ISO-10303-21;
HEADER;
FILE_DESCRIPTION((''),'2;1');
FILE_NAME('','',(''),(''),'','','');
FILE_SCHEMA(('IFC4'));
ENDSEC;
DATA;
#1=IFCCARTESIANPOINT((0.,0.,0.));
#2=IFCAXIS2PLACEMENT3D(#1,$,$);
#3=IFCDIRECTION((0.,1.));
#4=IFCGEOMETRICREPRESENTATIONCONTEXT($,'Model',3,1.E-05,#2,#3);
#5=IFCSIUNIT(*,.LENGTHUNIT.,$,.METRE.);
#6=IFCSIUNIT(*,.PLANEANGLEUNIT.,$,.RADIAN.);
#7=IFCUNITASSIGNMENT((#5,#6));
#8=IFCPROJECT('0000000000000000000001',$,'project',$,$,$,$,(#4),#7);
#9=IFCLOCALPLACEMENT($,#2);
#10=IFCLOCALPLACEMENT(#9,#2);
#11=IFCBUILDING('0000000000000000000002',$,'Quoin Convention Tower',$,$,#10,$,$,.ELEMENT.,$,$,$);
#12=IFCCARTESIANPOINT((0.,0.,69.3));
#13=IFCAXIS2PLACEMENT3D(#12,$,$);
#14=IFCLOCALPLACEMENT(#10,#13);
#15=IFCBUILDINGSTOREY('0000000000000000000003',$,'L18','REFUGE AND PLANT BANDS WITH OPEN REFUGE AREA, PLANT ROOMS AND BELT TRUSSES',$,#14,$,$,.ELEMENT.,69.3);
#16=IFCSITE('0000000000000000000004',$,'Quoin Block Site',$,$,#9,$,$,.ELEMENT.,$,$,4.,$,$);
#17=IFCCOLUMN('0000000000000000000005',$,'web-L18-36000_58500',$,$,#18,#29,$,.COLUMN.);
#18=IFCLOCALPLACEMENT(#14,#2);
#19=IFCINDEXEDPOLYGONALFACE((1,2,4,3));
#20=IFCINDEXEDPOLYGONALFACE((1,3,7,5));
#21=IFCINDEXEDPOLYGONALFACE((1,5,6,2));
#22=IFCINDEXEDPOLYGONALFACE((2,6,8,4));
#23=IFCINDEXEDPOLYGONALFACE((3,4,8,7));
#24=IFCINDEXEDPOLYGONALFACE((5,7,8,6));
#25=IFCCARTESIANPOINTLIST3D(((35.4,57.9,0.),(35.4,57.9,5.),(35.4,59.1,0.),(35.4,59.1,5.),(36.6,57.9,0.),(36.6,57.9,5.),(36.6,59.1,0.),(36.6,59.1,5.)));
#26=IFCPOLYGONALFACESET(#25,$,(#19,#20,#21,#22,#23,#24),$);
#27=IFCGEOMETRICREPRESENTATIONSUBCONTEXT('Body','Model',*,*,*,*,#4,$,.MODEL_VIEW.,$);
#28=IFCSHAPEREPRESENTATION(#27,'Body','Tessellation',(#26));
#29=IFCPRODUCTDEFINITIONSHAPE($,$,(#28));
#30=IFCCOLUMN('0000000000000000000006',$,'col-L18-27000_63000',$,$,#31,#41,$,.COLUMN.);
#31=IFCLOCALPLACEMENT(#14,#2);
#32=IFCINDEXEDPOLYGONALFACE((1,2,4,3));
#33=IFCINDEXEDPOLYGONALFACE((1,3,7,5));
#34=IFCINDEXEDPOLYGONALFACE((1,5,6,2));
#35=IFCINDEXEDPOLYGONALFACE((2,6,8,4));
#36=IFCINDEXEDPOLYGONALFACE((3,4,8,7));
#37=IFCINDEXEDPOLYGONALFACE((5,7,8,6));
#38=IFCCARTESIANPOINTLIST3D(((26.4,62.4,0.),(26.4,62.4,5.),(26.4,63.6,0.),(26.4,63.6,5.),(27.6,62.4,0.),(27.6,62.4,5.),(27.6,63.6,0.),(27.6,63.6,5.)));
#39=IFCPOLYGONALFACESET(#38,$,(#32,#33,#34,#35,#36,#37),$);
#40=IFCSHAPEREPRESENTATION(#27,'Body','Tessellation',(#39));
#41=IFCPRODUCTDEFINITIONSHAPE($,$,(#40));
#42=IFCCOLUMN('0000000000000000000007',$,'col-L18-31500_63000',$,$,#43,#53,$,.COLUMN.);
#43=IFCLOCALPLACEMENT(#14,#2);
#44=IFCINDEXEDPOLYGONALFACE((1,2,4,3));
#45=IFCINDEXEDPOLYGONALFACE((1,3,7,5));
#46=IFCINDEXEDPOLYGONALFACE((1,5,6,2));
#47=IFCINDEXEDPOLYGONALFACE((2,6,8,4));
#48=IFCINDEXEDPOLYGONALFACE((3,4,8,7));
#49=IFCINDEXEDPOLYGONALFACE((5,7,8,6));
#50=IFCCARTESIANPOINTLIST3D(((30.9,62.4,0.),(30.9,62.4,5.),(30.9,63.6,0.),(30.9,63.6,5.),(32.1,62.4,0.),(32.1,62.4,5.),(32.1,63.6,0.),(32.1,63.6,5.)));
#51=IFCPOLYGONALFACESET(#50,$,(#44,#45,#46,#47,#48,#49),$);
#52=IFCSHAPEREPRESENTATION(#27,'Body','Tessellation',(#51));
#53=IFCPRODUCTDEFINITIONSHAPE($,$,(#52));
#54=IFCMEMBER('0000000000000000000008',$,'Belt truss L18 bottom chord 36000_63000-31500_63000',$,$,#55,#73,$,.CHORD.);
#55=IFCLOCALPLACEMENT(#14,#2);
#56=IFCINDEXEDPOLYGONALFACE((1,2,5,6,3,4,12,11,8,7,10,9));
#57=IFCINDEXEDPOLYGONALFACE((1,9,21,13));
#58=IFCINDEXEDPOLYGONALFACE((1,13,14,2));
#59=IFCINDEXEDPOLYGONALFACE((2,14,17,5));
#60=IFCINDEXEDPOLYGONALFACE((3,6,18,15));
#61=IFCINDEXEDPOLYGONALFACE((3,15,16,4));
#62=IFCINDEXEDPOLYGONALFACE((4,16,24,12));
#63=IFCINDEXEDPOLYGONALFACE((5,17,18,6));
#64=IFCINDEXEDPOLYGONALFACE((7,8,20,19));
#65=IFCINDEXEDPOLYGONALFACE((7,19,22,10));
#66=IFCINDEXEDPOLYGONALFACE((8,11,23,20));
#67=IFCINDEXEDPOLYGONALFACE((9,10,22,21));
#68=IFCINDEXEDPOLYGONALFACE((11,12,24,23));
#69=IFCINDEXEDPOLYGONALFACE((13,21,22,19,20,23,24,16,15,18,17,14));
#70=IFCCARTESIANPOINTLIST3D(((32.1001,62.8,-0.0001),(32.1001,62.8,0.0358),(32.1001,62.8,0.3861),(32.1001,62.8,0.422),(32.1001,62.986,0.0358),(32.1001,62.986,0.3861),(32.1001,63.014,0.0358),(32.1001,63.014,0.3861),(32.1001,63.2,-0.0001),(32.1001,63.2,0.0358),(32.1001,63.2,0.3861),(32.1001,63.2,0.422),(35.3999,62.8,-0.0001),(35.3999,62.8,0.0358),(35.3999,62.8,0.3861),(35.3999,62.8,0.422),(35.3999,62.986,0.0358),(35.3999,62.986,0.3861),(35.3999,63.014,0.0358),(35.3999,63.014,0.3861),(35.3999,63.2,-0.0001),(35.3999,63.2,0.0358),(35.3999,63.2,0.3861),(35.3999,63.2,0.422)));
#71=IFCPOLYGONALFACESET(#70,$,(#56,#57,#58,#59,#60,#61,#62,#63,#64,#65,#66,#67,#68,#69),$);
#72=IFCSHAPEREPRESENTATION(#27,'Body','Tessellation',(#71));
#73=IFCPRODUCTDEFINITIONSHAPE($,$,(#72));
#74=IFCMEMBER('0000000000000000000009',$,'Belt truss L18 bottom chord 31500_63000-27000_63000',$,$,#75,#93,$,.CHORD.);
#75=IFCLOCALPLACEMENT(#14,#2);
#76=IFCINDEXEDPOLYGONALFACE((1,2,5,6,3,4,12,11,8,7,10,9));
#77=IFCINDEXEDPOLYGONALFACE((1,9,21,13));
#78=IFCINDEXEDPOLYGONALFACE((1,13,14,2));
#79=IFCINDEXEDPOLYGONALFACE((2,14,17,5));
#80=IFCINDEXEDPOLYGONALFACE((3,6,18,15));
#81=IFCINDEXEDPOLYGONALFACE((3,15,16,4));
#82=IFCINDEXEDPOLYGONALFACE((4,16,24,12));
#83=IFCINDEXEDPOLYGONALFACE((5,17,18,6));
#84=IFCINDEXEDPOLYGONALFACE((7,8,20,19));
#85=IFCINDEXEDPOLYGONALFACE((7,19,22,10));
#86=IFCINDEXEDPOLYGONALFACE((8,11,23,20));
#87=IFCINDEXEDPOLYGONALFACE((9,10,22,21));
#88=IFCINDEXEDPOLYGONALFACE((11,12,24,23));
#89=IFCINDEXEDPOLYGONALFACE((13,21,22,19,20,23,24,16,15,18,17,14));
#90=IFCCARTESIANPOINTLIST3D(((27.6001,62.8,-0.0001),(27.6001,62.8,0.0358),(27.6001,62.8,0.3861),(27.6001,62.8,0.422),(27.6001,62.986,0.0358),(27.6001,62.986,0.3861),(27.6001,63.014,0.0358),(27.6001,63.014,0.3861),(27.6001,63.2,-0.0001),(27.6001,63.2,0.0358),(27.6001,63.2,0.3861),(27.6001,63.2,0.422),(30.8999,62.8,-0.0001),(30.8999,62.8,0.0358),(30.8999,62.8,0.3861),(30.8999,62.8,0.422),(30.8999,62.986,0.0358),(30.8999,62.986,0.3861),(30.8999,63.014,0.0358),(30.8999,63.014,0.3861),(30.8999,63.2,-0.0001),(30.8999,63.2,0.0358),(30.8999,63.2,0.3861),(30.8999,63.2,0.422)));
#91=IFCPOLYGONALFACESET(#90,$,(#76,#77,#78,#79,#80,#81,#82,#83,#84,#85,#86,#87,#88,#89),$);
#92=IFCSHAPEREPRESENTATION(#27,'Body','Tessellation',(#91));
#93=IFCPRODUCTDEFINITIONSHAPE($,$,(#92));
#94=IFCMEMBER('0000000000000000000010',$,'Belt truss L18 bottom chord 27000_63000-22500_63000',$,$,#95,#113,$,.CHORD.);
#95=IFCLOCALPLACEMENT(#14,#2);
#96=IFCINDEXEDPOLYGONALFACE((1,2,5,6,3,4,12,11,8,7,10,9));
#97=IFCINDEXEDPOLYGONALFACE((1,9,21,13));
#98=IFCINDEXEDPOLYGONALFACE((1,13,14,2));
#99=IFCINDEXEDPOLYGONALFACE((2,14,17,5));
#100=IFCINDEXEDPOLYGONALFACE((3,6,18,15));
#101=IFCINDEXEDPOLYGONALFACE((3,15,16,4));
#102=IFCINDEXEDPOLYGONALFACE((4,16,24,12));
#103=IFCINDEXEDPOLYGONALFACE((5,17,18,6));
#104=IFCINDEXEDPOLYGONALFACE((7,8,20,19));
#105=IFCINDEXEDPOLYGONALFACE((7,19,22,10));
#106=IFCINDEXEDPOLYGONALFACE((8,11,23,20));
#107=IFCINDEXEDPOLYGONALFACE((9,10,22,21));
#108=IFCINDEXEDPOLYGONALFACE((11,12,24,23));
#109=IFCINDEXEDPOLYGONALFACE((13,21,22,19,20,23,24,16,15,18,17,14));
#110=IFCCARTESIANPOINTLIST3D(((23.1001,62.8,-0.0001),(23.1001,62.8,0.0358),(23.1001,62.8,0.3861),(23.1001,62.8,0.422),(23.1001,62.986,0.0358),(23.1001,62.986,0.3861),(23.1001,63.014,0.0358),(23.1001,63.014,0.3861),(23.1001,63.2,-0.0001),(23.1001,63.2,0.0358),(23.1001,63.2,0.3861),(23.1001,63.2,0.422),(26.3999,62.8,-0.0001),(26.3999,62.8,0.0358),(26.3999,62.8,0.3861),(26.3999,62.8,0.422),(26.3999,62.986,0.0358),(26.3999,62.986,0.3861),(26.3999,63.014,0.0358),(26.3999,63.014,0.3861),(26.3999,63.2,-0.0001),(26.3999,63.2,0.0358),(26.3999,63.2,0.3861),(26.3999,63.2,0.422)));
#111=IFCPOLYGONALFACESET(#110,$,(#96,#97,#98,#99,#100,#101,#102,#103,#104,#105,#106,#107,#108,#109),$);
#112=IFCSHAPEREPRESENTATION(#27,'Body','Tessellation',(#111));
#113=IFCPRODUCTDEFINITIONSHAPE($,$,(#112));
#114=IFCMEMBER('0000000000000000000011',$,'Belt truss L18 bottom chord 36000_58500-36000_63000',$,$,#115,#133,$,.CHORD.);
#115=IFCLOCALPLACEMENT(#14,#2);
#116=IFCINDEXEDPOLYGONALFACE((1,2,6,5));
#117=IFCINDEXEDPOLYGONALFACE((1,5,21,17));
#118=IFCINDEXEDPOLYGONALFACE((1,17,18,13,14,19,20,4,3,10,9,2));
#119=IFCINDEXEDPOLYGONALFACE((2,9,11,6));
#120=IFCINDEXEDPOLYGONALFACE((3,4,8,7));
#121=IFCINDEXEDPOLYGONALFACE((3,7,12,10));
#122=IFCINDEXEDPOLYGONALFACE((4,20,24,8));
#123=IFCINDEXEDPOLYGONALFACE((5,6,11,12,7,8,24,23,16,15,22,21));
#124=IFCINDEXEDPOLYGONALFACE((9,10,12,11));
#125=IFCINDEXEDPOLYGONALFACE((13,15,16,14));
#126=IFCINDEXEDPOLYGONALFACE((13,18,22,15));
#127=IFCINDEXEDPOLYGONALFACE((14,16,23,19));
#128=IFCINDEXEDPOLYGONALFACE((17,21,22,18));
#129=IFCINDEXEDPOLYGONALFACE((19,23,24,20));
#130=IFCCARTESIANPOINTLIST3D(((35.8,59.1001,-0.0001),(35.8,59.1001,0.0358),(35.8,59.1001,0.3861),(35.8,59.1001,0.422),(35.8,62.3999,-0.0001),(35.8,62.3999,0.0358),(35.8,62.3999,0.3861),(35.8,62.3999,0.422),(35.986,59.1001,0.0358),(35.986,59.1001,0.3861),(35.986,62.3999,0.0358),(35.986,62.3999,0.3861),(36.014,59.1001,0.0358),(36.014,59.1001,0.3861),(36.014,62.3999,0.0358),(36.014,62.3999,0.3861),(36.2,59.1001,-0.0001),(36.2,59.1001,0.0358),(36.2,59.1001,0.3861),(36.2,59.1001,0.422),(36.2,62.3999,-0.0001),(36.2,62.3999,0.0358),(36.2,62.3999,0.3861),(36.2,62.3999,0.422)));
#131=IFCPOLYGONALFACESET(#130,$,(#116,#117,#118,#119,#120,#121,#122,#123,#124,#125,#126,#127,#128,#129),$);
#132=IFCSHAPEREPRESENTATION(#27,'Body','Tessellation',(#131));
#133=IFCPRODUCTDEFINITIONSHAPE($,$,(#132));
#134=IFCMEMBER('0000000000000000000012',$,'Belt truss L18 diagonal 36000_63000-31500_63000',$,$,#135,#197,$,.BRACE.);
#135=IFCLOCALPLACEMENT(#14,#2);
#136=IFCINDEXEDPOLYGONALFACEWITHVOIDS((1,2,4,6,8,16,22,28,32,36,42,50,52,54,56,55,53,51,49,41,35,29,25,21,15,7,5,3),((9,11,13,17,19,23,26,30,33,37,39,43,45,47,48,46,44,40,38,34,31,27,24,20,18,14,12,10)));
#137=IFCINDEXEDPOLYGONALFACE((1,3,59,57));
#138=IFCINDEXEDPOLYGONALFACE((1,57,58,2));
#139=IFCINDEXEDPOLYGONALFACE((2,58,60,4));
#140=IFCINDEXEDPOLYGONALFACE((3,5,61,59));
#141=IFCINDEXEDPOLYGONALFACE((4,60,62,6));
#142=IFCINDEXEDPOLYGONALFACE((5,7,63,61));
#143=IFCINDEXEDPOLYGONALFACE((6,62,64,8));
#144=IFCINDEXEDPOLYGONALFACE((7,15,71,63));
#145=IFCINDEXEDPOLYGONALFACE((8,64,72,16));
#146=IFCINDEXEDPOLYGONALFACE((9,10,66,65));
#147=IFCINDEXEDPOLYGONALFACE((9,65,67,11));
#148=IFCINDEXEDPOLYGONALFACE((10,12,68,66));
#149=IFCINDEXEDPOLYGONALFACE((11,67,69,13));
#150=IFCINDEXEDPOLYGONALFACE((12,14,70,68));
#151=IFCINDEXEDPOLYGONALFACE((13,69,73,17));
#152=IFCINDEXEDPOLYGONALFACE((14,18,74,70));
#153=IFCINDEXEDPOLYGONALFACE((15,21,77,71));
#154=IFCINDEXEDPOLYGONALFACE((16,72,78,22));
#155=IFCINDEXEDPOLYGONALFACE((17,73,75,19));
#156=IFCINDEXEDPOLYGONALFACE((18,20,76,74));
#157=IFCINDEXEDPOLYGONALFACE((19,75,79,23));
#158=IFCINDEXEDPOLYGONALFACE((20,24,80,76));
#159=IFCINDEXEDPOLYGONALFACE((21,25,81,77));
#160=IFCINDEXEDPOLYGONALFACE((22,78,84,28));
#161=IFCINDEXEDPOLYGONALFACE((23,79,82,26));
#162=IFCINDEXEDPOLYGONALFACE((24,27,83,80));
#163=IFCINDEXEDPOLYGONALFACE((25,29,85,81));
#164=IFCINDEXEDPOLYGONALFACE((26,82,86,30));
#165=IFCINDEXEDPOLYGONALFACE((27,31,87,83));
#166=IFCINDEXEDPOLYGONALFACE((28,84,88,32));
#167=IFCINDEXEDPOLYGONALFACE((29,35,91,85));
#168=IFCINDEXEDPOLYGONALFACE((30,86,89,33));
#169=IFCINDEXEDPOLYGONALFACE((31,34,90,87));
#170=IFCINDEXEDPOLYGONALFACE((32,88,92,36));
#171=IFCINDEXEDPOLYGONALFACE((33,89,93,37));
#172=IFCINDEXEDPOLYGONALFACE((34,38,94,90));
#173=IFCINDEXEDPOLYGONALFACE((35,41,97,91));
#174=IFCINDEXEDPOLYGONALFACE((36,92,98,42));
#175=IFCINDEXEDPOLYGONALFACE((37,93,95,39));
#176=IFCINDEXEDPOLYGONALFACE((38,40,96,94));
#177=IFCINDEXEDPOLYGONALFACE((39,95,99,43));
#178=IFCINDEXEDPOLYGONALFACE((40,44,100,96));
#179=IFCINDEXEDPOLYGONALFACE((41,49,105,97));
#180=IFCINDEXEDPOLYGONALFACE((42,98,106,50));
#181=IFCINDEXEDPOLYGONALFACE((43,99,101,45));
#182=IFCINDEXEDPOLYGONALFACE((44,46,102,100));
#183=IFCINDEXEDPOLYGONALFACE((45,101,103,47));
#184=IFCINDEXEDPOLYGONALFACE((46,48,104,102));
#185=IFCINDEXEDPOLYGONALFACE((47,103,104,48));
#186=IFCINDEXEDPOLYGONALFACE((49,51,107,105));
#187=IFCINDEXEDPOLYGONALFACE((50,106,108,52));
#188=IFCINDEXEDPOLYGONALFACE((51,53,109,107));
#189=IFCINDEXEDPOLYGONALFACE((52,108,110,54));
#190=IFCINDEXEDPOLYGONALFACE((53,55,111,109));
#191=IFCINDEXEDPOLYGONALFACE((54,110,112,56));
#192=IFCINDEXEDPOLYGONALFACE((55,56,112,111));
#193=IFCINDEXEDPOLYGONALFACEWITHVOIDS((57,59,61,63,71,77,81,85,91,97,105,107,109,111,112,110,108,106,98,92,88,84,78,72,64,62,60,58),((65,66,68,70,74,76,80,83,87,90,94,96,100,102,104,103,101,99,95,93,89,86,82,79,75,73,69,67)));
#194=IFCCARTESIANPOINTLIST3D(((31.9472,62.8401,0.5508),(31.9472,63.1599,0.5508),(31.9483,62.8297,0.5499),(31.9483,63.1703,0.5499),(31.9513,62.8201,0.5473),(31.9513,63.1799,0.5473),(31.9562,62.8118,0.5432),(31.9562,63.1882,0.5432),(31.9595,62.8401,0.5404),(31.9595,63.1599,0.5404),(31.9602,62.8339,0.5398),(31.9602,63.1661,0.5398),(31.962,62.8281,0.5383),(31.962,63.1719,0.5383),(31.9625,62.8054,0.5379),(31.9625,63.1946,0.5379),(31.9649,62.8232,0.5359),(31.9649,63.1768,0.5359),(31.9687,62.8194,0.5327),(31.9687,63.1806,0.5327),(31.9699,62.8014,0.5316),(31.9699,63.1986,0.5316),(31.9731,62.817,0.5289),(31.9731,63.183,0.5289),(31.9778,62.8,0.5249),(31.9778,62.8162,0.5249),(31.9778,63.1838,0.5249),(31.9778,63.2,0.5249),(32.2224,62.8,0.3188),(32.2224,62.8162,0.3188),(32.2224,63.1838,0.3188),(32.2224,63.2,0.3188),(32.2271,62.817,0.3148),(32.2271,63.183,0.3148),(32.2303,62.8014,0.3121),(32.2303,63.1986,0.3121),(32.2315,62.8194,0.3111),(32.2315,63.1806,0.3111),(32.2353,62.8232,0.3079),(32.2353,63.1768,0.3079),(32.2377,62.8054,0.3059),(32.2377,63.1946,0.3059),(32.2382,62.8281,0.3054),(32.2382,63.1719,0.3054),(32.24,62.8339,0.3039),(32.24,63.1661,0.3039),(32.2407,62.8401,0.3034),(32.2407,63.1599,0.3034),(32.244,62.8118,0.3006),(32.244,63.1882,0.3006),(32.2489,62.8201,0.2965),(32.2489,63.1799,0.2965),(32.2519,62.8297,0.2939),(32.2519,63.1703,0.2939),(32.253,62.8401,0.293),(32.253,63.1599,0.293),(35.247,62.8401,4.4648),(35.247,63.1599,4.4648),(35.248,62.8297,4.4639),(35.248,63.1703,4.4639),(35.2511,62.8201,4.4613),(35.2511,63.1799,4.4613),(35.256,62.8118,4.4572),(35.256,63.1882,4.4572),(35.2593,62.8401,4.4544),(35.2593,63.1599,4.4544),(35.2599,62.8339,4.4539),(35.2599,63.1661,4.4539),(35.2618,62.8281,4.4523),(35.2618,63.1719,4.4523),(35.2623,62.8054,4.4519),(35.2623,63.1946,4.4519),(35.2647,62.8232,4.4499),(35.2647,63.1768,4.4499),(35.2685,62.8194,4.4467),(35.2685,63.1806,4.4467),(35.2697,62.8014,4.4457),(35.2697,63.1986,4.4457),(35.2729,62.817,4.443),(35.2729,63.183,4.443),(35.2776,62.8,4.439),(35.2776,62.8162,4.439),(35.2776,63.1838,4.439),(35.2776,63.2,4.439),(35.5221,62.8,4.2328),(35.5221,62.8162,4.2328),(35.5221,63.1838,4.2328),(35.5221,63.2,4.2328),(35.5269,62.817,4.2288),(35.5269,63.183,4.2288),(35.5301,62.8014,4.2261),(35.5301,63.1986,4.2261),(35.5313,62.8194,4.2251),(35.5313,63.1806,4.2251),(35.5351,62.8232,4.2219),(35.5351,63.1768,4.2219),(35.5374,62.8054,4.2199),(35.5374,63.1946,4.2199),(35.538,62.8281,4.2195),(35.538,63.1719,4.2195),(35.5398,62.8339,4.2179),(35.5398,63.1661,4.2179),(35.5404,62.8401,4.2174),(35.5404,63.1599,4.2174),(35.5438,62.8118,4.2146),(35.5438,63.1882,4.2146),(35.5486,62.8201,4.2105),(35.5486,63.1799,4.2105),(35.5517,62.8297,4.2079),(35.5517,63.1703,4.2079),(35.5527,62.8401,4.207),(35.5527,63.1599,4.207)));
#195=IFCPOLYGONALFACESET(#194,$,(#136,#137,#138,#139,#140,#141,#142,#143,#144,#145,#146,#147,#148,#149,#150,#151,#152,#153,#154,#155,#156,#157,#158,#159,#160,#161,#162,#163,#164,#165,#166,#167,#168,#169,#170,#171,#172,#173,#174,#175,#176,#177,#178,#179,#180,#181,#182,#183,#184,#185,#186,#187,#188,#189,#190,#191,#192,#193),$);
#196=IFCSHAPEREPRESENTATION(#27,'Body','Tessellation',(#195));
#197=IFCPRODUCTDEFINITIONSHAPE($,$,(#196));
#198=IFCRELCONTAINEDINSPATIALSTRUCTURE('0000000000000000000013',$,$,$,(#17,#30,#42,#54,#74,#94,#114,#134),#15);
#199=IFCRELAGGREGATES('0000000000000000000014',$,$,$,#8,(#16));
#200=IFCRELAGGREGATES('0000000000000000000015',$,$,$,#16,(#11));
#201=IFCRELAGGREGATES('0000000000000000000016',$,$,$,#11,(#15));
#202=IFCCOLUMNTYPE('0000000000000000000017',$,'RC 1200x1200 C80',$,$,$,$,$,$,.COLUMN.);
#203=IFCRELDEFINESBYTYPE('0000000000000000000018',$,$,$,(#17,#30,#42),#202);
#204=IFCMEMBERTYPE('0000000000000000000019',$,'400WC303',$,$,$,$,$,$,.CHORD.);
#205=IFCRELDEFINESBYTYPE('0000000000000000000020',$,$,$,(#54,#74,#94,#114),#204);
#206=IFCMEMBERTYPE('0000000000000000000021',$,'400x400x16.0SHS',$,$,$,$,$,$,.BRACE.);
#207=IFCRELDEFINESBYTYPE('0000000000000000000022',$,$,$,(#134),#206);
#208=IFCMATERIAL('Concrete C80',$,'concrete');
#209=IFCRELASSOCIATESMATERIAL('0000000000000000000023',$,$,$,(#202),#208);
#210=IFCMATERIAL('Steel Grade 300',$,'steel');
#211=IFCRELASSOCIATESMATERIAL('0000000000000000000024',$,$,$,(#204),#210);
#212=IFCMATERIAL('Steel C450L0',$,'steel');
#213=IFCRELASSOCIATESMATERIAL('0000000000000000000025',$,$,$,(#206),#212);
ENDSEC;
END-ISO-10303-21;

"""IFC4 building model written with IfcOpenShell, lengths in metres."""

from ifc_helpers import new_model, si_unit, direction, frame, origin, origin_2d, place, context, subcontext, project, spatial, rectangle, hollow_rectangle, i_section, extrude, material, material_profile, profile_set, type_object, element, save


model = new_model("IFC4")

# Units and contexts
model_context = context("Model", 3, precision=1e-05, world=origin(), true_north=direction((0.0, 1.0)))
body_context = subcontext(model_context, "Body", "Model", "MODEL_VIEW")
ifc_project = project(units=[si_unit("LENGTHUNIT", "METRE"), si_unit("PLANEANGLEUNIT", "RADIAN")], contexts=[model_context])

# Site, building, storey
site_placement = place(None, origin())
site = spatial("IfcSite", under=ifc_project, at=site_placement, Name="Quoin Block Site", CompositionType="ELEMENT", RefElevation=4.0)
building_placement = place(site_placement, origin())
building = spatial("IfcBuilding", under=site, at=building_placement, Name="Quoin Convention Tower", CompositionType="ELEMENT")
storey_placement = place(building_placement, frame((0.0, 0.0, 69.3)))
storey = spatial("IfcBuildingStorey", under=building, at=storey_placement, Name="L18", Description="REFUGE AND PLANT BANDS WITH OPEN REFUGE AREA, PLANT ROOMS AND BELT TRUSSES", CompositionType="ELEMENT", Elevation=69.3)

# Columns
ifc_material_1 = material(Name="Concrete C80", Category="concrete")
ifc_material_profile_1 = material_profile(ifc_material_1, rectangle(XDim=1.2, YDim=1.2, at=origin_2d()), Name="RC 1200x1200")
ifc_profile_set_1 = profile_set([ifc_material_profile_1], Name="Concrete C80")
column_type = type_object("IfcColumnType", Name="RC 1200x1200 C80", PredefinedType="COLUMN", material=ifc_profile_set_1)
for number, where, z_axis, x_axis, name in (
    (1, (36.0, 58.5, 0.0), (0.0, 0.0, 1.0), (1.0, 0.0, 0.0), "web-L18-36000_58500"),
    (2, (27.0, 63.0, 0.0), (0.0, 0.0, 1.0), (1.0, 0.0, 0.0), "col-L18-27000_63000"),
    (3, (31.5, 63.0, 0.0), (0.0, 0.0, 1.0), (1.0, 0.0, 0.0), "col-L18-31500_63000"),
):
    element("IfcColumn", number, at=place(storey_placement, frame(where, z_axis=z_axis, x_axis=x_axis)), inside=storey, type_object=column_type, Name=name, PredefinedType="COLUMN", context=body_context, shape_type="SweptSolid", body=[
        extrude(rectangle(XDim=1.2, YDim=1.2, at=origin_2d()), origin(), (0.0, 0.0, 1.0), 5.0),
    ])

# Members
ifc_material_2 = material(Name="Steel Grade 300", Category="steel")
ifc_material_profile_2 = material_profile(ifc_material_2, i_section(OverallWidth=0.3999, OverallDepth=0.4221, WebThickness=0.0281, FlangeThickness=0.0359, at=origin_2d()), Name="400WC303")
ifc_profile_set_2 = profile_set([ifc_material_profile_2], Name="Steel Grade 300")
member_type_1 = type_object("IfcMemberType", Name="400WC303", PredefinedType="CHORD", material=ifc_profile_set_2)
for number, where, z_axis, x_axis, name in (
    (4, (35.3999, 63.0, 0.2109), (-1.0, 0.0, 0.0), (0.0, -1.0, 0.0), "Belt truss L18 bottom chord 36000_63000-31500_63000"),
    (5, (30.8999, 63.0, 0.2109), (-1.0, 0.0, 0.0), (0.0, -1.0, 0.0), "Belt truss L18 bottom chord 31500_63000-27000_63000"),
    (6, (26.3999, 63.0, 0.2109), (-1.0, 0.0, 0.0), (0.0, -1.0, 0.0), "Belt truss L18 bottom chord 27000_63000-22500_63000"),
    (7, (36.0, 59.1001, 0.2109), (0.0, 1.0, 0.0), (-1.0, 0.0, 0.0), "Belt truss L18 bottom chord 36000_58500-36000_63000"),
):
    element("IfcMember", number, at=place(storey_placement, frame(where, z_axis=z_axis, x_axis=x_axis)), inside=storey, type_object=member_type_1, Name=name, PredefinedType="CHORD", context=body_context, shape_type="SweptSolid", body=[
        extrude(i_section(OverallWidth=0.3999, OverallDepth=0.4221, WebThickness=0.0281, FlangeThickness=0.0359, at=origin_2d()), origin(), (0.0, 0.0, 1.0), 3.2998),
    ])
ifc_material_3 = material(Name="Steel C450L0", Category="steel")
ifc_material_profile_3 = material_profile(ifc_material_3, hollow_rectangle(XDim=0.3999, YDim=0.3999, WallThickness=0.0161, InnerFilletRadius=0.0239, OuterFilletRadius=0.04, at=origin_2d()), Name="400x400x16.0SHS")
ifc_profile_set_3 = profile_set([ifc_material_profile_3], Name="Steel C450L0")
member_type_2 = type_object("IfcMemberType", Name="400x400x16.0SHS", PredefinedType="BRACE", material=ifc_profile_set_3)
for number, where, z_axis, x_axis, name in (
    (8, (32.1001, 63.0, 0.4219), (0.644564, 0.0, 0.76455), (0.0, 1.0, 0.0), "Belt truss L18 diagonal 36000_63000-31500_63000"),
):
    element("IfcMember", number, at=place(storey_placement, frame(where, z_axis=z_axis, x_axis=x_axis)), inside=storey, type_object=member_type_2, Name=name, PredefinedType="BRACE", context=body_context, shape_type="SweptSolid", body=[
        extrude(hollow_rectangle(XDim=0.3999, YDim=0.3999, WallThickness=0.0161, InnerFilletRadius=0.0239, OuterFilletRadius=0.04, at=origin_2d()), origin(), (0.0, 0.0, 1.0), 5.1194),
    ])

save(model, "model.ifc")
